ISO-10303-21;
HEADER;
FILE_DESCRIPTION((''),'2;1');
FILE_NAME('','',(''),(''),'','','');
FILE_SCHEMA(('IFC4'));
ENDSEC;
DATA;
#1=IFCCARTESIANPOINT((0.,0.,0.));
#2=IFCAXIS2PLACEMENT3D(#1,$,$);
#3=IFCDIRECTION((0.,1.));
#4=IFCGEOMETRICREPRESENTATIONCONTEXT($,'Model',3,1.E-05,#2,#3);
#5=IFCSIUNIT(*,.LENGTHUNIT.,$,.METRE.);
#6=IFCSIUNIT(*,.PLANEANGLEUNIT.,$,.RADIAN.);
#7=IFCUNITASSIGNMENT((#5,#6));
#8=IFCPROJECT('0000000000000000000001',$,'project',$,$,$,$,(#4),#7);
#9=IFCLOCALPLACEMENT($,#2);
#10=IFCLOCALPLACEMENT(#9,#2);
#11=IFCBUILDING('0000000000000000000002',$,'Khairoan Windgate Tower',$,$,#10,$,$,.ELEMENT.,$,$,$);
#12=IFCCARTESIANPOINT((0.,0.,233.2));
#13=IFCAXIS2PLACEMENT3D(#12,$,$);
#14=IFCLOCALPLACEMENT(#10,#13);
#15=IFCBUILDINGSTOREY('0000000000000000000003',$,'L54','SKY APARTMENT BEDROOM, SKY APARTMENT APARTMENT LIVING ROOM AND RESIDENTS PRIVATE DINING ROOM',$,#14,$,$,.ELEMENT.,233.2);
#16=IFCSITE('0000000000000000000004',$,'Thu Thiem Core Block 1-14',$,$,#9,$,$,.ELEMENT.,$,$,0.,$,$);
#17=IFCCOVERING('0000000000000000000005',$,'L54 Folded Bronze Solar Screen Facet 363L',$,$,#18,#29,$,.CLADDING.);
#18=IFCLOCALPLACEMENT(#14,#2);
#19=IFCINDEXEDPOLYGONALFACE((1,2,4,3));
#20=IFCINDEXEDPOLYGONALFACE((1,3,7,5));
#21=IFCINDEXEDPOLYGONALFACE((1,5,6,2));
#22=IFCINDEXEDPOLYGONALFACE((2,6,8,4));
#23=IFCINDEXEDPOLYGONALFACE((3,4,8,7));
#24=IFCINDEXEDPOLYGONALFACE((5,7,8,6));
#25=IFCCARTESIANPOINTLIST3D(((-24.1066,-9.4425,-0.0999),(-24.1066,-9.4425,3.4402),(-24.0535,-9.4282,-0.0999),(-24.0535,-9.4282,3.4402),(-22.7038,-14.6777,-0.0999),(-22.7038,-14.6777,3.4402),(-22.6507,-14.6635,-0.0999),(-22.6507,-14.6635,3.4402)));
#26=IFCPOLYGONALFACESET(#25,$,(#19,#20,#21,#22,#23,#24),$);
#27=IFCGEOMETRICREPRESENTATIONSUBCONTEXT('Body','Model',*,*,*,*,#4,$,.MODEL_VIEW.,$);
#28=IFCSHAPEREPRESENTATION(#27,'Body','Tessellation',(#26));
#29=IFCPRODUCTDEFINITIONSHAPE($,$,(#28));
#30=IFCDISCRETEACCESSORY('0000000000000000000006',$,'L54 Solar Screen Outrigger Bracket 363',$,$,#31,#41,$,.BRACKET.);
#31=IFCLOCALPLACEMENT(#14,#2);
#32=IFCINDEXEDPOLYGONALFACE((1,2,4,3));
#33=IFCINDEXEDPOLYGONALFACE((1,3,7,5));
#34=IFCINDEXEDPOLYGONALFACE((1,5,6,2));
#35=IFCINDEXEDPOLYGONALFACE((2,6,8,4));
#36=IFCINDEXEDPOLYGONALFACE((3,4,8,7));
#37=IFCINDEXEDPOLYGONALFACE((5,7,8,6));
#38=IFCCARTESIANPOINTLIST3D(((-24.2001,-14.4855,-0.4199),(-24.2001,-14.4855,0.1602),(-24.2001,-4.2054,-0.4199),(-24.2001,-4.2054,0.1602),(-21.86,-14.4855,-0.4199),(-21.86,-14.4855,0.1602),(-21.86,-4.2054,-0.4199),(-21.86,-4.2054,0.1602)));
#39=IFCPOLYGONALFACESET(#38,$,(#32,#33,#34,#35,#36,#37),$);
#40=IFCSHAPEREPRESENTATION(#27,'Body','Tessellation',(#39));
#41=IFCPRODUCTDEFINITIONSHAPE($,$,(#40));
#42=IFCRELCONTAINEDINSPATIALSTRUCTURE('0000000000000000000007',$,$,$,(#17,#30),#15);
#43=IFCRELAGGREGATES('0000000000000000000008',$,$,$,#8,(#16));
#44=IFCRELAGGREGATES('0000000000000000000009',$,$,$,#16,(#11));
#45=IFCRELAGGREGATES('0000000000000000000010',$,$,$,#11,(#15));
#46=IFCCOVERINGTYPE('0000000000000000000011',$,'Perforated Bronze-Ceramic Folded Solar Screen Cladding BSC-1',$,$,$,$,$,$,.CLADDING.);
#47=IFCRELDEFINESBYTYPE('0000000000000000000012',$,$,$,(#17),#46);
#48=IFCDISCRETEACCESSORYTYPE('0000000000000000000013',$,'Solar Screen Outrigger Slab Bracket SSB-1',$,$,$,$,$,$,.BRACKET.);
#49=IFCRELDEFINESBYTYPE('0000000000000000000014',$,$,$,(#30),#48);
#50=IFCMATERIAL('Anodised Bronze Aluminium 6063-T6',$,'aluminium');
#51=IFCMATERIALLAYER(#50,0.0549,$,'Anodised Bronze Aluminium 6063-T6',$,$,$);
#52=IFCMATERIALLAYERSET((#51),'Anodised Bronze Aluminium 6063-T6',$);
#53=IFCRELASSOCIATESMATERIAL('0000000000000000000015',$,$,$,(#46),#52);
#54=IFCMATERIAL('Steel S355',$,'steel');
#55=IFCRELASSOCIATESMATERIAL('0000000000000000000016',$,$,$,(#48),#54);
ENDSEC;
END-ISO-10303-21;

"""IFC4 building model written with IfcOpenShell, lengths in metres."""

from ifc_helpers import new_model, si_unit, direction, frame, origin, origin_2d, place, context, subcontext, project, spatial, rectangle, extrude, material, layer, layer_set, type_object, element, save


model = new_model("IFC4")

# Units and contexts
model_context = context("Model", 3, precision=1e-05, world=origin(), true_north=direction((0.0, 1.0)))
body_context = subcontext(model_context, "Body", "Model", "MODEL_VIEW")
ifc_project = project(units=[si_unit("LENGTHUNIT", "METRE"), si_unit("PLANEANGLEUNIT", "RADIAN")], contexts=[model_context])

# Site, building, storey
site_placement = place(None, origin())
site = spatial("IfcSite", under=ifc_project, at=site_placement, Name="Thu Thiem Core Block 1-14", CompositionType="ELEMENT", RefElevation=0.0)
building_placement = place(site_placement, origin())
building = spatial("IfcBuilding", under=site, at=building_placement, Name="Khairoan Windgate Tower", CompositionType="ELEMENT")
storey_placement = place(building_placement, frame((0.0, 0.0, 233.2)))
storey = spatial("IfcBuildingStorey", under=building, at=storey_placement, Name="L54", Description="SKY APARTMENT BEDROOM, SKY APARTMENT APARTMENT LIVING ROOM AND RESIDENTS PRIVATE DINING ROOM", CompositionType="ELEMENT", Elevation=233.2)

# Covering
ifc_material_1 = material(Name="Anodised Bronze Aluminium 6063-T6", Category="aluminium")
ifc_layer_1 = layer(ifc_material_1, 0.0549, Name="Anodised Bronze Aluminium 6063-T6")
ifc_layer_set_1 = layer_set([ifc_layer_1], Name="Anodised Bronze Aluminium 6063-T6")
covering_type = type_object("IfcCoveringType", Name="Perforated Bronze-Ceramic Folded Solar Screen Cladding BSC-1", PredefinedType="CLADDING", material=ifc_layer_set_1)
covering_placement = place(storey_placement, frame((-23.3787, -12.053, -0.0999), z_axis=(0.0, 0.0, 1.0), x_axis=(-0.258819, 0.965926, 0.0)))
element("IfcCovering", 1, at=covering_placement, inside=storey, type_object=covering_type, Name="L54 Folded Bronze Solar Screen Facet 363L", PredefinedType="CLADDING", context=body_context, shape_type="SweptSolid", body=[
    extrude(rectangle(XDim=5.4199, YDim=0.0549, at=origin_2d()), origin(), (0.0, 0.0, 1.0), 3.54),
])

# Discrete accessory
ifc_material_2 = material(Name="Steel S355", Category="steel")
discrete_accessory_type = type_object("IfcDiscreteAccessoryType", Name="Solar Screen Outrigger Slab Bracket SSB-1", PredefinedType="BRACKET", material=ifc_material_2)
discrete_accessory_placement = place(storey_placement, frame((-23.03, -9.3455, -0.4199), z_axis=(0.0, 0.0, 1.0), x_axis=(0.0, 1.0, 0.0)))
element("IfcDiscreteAccessory", 2, at=discrete_accessory_placement, inside=storey, type_object=discrete_accessory_type, Name="L54 Solar Screen Outrigger Bracket 363", PredefinedType="BRACKET", context=body_context, shape_type="SweptSolid", body=[
    extrude(rectangle(XDim=10.28, YDim=2.3401, at=origin_2d()), origin(), (0.0, 0.0, 1.0), 0.5801),
])

save(model, "model.ifc")
